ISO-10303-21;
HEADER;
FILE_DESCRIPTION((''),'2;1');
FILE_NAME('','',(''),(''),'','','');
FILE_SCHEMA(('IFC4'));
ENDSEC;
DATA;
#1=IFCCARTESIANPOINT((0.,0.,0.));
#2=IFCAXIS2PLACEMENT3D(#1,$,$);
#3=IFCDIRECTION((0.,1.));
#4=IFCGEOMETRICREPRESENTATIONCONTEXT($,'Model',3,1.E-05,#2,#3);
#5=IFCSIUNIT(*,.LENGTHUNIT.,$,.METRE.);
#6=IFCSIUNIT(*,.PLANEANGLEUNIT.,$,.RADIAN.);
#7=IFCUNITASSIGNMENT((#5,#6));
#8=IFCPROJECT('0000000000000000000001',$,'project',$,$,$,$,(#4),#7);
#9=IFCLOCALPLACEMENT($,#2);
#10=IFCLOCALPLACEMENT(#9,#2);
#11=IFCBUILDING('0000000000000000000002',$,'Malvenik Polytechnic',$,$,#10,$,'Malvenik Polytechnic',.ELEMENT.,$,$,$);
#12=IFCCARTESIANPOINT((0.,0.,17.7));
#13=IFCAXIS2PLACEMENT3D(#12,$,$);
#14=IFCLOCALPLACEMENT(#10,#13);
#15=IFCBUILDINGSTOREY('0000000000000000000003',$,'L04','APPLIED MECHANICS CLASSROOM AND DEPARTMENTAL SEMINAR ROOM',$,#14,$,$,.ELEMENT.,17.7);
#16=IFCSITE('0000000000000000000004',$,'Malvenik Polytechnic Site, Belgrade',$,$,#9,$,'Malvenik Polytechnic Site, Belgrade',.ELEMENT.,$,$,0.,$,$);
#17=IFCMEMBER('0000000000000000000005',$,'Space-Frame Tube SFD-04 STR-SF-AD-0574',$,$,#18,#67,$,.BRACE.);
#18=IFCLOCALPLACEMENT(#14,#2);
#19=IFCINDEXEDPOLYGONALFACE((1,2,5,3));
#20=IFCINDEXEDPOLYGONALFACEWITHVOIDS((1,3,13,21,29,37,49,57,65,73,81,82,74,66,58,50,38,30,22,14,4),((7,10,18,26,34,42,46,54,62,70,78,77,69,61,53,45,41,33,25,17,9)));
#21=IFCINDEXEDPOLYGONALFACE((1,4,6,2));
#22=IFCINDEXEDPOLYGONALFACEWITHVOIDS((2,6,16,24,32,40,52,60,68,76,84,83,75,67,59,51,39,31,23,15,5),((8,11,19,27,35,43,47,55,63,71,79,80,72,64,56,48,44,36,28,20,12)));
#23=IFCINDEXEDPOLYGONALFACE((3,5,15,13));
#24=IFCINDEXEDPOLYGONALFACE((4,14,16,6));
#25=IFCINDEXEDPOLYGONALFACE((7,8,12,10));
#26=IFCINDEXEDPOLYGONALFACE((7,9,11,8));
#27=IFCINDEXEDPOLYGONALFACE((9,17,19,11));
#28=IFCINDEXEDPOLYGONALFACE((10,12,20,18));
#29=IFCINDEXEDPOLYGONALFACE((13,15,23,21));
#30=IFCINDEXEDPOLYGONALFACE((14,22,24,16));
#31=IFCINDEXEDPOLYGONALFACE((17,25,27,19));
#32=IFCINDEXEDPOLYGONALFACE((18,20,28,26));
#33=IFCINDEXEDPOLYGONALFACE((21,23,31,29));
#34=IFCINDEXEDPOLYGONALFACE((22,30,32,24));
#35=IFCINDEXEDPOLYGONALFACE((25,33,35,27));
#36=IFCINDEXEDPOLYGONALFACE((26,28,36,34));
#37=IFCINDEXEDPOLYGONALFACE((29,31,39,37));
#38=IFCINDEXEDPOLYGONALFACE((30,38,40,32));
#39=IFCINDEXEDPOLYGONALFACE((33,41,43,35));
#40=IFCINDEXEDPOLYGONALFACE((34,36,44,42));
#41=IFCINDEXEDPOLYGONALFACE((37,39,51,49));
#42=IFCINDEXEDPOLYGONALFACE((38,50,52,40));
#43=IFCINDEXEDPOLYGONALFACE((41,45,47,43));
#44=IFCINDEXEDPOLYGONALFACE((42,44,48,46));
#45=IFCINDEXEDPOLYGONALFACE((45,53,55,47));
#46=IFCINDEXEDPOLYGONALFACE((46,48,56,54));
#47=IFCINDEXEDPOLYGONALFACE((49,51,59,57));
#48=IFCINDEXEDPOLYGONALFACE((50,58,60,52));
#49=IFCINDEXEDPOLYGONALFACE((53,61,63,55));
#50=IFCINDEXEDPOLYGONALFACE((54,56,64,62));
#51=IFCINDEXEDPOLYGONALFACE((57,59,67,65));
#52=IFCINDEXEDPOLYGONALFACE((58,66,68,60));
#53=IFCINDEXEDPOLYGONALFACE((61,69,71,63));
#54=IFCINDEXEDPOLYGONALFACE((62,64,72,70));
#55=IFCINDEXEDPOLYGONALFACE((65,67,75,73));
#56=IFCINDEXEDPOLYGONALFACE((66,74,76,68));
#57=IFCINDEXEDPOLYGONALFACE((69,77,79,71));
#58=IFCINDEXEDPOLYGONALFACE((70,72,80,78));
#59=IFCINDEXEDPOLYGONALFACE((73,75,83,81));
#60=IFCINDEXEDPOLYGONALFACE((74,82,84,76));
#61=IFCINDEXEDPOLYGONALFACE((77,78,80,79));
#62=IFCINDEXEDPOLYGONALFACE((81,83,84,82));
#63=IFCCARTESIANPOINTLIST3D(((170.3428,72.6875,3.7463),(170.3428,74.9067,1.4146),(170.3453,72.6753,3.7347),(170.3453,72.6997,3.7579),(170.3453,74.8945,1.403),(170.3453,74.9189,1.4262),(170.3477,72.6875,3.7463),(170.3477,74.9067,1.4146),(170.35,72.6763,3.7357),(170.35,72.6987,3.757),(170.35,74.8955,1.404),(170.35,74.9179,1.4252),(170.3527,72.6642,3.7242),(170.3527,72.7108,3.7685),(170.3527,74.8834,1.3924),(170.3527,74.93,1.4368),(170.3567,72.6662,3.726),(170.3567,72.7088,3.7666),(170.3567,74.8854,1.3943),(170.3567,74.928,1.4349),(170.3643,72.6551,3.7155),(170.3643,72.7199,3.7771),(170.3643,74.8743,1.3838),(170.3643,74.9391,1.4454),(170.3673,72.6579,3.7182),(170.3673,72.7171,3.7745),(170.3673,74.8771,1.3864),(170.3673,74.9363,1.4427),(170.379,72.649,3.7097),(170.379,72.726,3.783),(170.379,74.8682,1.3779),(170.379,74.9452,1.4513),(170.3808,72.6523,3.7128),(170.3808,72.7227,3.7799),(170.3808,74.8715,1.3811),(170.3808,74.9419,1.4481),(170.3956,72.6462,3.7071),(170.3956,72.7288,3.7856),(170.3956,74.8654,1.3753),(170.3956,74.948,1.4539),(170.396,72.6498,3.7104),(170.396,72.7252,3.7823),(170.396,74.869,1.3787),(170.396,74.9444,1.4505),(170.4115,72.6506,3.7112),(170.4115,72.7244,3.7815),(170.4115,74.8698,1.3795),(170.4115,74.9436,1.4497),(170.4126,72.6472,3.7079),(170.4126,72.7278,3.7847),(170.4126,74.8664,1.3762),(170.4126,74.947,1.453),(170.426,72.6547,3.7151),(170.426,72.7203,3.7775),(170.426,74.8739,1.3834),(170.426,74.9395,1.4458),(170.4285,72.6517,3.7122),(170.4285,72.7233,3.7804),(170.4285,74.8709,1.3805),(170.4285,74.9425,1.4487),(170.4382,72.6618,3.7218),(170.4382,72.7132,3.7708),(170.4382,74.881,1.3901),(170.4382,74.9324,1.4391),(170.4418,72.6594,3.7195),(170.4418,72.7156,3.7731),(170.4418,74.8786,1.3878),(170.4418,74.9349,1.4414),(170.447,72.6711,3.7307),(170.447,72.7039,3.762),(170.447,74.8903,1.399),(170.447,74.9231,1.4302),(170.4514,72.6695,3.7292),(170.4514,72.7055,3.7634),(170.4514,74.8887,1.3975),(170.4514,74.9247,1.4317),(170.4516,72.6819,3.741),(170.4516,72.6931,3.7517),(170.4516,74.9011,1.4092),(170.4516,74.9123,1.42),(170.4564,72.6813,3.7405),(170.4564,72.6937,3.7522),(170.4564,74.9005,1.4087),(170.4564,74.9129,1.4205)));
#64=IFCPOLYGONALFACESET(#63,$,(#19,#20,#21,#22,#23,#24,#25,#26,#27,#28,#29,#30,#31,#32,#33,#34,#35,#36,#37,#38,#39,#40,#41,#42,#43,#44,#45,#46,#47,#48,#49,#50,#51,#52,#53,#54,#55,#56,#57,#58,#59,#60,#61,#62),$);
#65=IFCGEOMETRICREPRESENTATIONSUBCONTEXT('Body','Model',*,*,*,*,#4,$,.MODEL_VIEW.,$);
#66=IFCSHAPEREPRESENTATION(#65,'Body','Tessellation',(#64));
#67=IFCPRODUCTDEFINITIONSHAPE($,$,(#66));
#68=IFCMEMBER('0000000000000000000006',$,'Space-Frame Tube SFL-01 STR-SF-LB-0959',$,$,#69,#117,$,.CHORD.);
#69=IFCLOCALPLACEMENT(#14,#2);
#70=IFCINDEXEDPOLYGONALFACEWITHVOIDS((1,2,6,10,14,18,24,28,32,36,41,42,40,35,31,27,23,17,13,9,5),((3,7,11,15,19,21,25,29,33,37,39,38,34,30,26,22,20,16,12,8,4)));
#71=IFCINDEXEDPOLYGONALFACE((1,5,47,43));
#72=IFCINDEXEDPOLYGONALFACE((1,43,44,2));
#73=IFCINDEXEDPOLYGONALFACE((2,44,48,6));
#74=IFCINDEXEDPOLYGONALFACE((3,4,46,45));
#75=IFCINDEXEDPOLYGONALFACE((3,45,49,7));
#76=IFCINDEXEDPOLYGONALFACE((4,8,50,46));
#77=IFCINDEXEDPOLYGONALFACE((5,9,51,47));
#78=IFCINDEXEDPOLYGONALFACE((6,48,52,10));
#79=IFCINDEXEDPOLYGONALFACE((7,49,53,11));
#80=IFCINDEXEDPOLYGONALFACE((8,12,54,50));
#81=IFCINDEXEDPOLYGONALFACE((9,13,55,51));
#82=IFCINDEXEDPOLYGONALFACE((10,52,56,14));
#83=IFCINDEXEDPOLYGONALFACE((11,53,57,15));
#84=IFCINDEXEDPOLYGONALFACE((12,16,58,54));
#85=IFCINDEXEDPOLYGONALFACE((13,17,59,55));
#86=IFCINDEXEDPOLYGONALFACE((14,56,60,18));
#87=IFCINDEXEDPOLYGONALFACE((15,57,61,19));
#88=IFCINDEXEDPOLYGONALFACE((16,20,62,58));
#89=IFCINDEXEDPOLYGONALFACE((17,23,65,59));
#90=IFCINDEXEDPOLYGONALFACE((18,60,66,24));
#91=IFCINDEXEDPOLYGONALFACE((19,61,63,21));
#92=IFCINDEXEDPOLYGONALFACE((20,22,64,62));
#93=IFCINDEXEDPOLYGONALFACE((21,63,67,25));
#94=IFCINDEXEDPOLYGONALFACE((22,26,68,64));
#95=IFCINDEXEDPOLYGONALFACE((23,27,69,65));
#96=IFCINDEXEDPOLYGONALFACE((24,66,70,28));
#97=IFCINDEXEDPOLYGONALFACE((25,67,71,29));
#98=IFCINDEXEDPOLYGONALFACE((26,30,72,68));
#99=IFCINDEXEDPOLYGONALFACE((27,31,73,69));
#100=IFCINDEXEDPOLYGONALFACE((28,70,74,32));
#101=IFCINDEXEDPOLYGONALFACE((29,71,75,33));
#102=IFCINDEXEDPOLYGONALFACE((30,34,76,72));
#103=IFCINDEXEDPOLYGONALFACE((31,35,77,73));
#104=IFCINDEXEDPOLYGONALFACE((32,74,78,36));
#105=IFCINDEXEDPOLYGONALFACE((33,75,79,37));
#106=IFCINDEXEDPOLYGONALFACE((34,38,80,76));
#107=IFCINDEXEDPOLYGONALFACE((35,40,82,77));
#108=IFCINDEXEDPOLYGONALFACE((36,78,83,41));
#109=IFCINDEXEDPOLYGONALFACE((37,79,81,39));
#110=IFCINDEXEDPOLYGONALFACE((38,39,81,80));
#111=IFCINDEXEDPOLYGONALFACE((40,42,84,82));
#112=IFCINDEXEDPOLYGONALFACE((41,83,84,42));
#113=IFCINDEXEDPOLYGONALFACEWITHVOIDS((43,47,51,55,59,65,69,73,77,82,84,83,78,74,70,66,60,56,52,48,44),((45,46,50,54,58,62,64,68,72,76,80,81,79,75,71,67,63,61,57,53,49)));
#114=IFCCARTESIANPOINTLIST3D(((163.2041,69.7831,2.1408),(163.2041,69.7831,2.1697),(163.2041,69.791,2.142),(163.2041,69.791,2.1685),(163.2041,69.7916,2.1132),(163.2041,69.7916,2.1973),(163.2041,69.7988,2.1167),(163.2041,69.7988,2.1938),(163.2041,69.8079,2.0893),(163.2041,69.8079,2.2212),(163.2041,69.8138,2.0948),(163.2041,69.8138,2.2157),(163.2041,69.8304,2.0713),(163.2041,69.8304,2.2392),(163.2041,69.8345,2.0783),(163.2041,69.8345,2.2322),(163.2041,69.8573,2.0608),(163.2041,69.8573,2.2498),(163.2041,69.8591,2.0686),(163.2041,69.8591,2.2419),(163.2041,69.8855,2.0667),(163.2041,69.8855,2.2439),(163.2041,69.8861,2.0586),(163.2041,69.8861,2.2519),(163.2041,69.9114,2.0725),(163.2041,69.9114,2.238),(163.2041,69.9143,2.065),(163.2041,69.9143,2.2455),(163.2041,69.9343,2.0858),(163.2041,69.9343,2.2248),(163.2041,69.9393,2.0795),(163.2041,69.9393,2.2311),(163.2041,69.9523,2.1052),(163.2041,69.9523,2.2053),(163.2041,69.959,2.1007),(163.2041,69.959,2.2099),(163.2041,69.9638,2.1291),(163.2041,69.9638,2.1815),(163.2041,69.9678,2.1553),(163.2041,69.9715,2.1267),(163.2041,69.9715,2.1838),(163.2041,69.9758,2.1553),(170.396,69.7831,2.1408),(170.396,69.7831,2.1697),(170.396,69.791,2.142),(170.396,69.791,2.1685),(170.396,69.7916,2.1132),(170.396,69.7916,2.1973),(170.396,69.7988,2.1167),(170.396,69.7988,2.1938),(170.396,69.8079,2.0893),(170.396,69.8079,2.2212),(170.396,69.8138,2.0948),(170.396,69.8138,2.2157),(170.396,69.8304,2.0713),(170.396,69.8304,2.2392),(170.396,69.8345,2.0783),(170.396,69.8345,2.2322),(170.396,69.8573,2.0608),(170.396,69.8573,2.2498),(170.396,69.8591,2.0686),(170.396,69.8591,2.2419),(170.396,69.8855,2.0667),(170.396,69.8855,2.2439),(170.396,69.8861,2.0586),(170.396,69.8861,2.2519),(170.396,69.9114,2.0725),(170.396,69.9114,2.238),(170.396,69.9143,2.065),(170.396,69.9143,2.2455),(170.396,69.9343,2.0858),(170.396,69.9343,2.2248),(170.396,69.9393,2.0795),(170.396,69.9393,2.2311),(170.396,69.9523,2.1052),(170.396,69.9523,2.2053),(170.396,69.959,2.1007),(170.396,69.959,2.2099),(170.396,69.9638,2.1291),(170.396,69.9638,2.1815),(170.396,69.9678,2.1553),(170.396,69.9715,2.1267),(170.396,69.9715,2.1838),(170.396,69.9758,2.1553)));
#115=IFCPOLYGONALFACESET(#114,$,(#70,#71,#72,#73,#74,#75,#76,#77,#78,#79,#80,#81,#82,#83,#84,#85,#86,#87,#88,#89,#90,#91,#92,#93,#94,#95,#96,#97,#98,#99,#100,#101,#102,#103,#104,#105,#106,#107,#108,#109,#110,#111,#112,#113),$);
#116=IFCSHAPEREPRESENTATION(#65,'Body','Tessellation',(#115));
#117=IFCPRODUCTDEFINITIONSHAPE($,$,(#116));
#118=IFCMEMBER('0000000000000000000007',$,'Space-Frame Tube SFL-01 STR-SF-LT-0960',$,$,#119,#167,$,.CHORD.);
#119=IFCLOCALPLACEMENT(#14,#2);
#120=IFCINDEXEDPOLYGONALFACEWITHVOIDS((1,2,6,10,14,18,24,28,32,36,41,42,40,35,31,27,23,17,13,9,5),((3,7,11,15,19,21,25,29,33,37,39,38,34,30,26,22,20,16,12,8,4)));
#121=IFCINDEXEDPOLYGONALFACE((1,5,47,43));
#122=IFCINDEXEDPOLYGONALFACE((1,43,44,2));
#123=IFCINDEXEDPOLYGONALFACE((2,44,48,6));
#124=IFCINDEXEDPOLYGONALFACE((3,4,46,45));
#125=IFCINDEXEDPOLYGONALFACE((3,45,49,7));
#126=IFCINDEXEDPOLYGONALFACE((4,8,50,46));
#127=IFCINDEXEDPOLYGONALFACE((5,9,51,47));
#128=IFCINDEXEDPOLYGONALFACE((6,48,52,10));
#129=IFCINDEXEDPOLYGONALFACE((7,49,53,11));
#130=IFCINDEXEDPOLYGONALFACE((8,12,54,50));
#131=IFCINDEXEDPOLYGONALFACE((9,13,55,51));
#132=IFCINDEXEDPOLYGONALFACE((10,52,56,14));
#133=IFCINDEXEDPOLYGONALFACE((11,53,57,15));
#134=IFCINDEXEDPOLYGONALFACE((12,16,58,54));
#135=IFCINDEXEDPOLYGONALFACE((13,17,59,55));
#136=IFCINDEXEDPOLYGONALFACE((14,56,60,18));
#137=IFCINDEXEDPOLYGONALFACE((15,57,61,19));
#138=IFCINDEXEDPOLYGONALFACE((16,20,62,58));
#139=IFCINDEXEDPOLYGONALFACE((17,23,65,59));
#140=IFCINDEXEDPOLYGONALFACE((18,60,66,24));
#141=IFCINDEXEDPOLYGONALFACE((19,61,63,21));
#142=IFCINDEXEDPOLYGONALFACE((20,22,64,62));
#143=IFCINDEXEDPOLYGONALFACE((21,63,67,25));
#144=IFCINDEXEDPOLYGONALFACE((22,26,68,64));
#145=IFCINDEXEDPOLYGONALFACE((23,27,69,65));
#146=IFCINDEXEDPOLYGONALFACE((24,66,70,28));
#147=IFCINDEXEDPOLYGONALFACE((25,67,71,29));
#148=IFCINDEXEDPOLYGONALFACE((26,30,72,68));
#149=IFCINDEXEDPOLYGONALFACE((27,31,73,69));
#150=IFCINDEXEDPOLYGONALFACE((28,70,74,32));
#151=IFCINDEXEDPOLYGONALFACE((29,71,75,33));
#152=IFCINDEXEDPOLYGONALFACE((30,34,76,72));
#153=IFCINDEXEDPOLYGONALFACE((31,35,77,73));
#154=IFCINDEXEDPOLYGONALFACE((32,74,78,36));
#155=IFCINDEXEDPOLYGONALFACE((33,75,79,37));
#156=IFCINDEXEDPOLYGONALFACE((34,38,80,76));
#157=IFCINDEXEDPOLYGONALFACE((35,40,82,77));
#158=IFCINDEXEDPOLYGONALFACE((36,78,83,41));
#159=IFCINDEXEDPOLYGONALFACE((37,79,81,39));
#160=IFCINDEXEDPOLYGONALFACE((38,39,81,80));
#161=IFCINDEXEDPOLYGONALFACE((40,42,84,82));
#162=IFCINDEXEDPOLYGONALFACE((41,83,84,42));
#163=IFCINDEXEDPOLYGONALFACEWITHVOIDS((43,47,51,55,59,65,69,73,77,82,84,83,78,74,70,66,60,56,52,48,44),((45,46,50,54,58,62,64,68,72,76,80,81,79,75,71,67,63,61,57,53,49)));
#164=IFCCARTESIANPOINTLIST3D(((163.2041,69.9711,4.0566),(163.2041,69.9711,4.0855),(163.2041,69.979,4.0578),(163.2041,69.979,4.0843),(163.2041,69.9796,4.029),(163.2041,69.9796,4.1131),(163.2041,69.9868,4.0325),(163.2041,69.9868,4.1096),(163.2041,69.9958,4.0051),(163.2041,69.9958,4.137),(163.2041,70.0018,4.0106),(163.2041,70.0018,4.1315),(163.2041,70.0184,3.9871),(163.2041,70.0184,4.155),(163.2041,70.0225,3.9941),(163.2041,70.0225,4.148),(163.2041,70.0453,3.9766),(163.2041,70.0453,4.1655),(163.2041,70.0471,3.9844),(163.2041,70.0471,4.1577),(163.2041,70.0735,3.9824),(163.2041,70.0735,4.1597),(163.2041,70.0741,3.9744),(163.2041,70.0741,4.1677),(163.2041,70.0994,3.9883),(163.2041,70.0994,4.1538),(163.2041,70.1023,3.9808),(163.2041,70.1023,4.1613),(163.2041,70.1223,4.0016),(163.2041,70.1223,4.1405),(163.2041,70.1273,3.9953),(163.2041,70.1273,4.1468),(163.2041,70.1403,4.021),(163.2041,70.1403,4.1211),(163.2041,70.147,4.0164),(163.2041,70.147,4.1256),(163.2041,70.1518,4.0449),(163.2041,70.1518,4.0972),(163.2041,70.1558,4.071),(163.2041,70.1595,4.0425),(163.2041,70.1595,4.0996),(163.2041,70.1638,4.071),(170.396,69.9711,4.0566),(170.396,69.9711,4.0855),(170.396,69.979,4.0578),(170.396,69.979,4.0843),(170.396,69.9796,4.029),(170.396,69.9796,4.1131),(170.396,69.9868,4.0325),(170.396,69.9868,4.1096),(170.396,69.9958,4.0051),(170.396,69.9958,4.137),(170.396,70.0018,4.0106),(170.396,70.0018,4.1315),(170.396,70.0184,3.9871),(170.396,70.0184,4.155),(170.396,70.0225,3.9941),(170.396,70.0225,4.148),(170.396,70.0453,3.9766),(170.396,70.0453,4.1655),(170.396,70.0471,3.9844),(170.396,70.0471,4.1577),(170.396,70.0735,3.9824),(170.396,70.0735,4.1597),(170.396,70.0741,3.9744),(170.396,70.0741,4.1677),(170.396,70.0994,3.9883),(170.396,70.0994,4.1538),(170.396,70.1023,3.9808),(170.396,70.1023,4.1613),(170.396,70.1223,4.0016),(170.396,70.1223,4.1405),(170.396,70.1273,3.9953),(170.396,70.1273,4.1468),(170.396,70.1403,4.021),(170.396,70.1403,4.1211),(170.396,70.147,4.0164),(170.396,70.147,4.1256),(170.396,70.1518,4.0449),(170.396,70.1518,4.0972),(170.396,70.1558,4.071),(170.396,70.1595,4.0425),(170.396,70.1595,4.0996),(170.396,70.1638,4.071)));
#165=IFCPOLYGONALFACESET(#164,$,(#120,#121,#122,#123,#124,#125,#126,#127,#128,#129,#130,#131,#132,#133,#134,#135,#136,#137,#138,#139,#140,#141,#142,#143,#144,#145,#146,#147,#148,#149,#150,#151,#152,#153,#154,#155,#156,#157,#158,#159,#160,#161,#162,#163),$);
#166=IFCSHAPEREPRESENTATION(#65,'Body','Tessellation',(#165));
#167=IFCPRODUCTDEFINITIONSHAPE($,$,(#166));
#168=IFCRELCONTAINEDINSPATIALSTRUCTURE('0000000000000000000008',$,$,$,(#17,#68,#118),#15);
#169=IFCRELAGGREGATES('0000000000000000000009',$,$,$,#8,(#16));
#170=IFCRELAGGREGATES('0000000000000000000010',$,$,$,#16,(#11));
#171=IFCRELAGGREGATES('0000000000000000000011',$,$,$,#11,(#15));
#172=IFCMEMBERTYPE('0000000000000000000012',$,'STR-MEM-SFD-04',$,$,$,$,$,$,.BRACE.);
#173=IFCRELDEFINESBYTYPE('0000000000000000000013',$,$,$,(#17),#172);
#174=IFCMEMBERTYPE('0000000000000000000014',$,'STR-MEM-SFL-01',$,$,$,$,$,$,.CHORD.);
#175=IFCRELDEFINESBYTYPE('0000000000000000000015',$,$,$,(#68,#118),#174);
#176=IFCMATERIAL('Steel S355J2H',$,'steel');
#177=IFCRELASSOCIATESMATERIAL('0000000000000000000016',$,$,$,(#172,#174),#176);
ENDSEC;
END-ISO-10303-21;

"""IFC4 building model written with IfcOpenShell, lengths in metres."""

from ifc_helpers import new_model, si_unit, direction, frame, origin, origin_2d, place, context, subcontext, project, spatial, hollow_circle, extrude, material, material_profile, profile_set, type_object, element, save


model = new_model("IFC4")

# Units and contexts
model_context = context("Model", 3, precision=1e-05, world=origin(), true_north=direction((0.0, 1.0)))
body_context = subcontext(model_context, "Body", "Model", "MODEL_VIEW")
ifc_project = project(units=[si_unit("LENGTHUNIT", "METRE"), si_unit("PLANEANGLEUNIT", "RADIAN")], contexts=[model_context])

# Site, building, storey
site_placement = place(None, origin())
site = spatial("IfcSite", under=ifc_project, at=site_placement, Name="Malvenik Polytechnic Site, Belgrade", LongName="Malvenik Polytechnic Site, Belgrade", CompositionType="ELEMENT", RefElevation=0.0)
building_placement = place(site_placement, origin())
building = spatial("IfcBuilding", under=site, at=building_placement, Name="Malvenik Polytechnic", LongName="Malvenik Polytechnic", CompositionType="ELEMENT")
storey_placement = place(building_placement, frame((0.0, 0.0, 17.7)))
storey = spatial("IfcBuildingStorey", under=building, at=storey_placement, Name="L04", Description="APPLIED MECHANICS CLASSROOM AND DEPARTMENTAL SEMINAR ROOM", CompositionType="ELEMENT", Elevation=17.7)

# Members
ifc_material_1 = material(Name="Steel S355J2H", Category="steel")
ifc_material_profile_1 = material_profile(ifc_material_1, hollow_circle(Radius=0.0571, WallThickness=0.0049, at=origin_2d()), Name="CHS 114.3x5.0")
ifc_profile_set_1 = profile_set([ifc_material_profile_1], Name="Steel S355J2H")
member_type_1 = type_object("IfcMemberType", Name="STR-MEM-SFD-04", PredefinedType="BRACE", material=ifc_profile_set_1)
for number, where, z_axis, x_axis, name in (
    (1, (170.3999, 72.6875, 3.7463), (0.0, 0.689409, -0.724372), (-1.0, 0.0, 0.0), "Space-Frame Tube SFD-04 STR-SF-AD-0574"),
):
    element("IfcMember", number, at=place(storey_placement, frame(where, z_axis=z_axis, x_axis=x_axis)), inside=storey, type_object=member_type_1, Name=name, PredefinedType="BRACE", context=body_context, shape_type="SweptSolid", body=[
        extrude(hollow_circle(Radius=0.0571, WallThickness=0.0049, at=origin_2d()), origin(), (0.0, 0.0, 1.0), 3.219),
    ])
ifc_material_profile_2 = material_profile(ifc_material_1, hollow_circle(Radius=0.0969, WallThickness=0.0081, at=origin_2d()), Name="CHS 193.7x8.0")
ifc_profile_set_2 = profile_set([ifc_material_profile_2], Name="Steel S355J2H")
member_type_2 = type_object("IfcMemberType", Name="STR-MEM-SFL-01", PredefinedType="CHORD", material=ifc_profile_set_2)
for number, where, z_axis, x_axis, name in (
    (2, (163.2041, 69.8789, 2.1553), (1.0, 0.0, 0.0), (0.0, 1.0, 0.0), "Space-Frame Tube SFL-01 STR-SF-LB-0959"),
    (3, (163.2041, 70.0669, 4.071), (1.0, 0.0, 0.0), (0.0, 1.0, 0.0), "Space-Frame Tube SFL-01 STR-SF-LT-0960"),
):
    element("IfcMember", number, at=place(storey_placement, frame(where, z_axis=z_axis, x_axis=x_axis)), inside=storey, type_object=member_type_2, Name=name, PredefinedType="CHORD", context=body_context, shape_type="SweptSolid", body=[
        extrude(hollow_circle(Radius=0.0969, WallThickness=0.0081, at=origin_2d()), origin(), (0.0, 0.0, 1.0), 7.1919),
    ])

save(model, "model.ifc")
